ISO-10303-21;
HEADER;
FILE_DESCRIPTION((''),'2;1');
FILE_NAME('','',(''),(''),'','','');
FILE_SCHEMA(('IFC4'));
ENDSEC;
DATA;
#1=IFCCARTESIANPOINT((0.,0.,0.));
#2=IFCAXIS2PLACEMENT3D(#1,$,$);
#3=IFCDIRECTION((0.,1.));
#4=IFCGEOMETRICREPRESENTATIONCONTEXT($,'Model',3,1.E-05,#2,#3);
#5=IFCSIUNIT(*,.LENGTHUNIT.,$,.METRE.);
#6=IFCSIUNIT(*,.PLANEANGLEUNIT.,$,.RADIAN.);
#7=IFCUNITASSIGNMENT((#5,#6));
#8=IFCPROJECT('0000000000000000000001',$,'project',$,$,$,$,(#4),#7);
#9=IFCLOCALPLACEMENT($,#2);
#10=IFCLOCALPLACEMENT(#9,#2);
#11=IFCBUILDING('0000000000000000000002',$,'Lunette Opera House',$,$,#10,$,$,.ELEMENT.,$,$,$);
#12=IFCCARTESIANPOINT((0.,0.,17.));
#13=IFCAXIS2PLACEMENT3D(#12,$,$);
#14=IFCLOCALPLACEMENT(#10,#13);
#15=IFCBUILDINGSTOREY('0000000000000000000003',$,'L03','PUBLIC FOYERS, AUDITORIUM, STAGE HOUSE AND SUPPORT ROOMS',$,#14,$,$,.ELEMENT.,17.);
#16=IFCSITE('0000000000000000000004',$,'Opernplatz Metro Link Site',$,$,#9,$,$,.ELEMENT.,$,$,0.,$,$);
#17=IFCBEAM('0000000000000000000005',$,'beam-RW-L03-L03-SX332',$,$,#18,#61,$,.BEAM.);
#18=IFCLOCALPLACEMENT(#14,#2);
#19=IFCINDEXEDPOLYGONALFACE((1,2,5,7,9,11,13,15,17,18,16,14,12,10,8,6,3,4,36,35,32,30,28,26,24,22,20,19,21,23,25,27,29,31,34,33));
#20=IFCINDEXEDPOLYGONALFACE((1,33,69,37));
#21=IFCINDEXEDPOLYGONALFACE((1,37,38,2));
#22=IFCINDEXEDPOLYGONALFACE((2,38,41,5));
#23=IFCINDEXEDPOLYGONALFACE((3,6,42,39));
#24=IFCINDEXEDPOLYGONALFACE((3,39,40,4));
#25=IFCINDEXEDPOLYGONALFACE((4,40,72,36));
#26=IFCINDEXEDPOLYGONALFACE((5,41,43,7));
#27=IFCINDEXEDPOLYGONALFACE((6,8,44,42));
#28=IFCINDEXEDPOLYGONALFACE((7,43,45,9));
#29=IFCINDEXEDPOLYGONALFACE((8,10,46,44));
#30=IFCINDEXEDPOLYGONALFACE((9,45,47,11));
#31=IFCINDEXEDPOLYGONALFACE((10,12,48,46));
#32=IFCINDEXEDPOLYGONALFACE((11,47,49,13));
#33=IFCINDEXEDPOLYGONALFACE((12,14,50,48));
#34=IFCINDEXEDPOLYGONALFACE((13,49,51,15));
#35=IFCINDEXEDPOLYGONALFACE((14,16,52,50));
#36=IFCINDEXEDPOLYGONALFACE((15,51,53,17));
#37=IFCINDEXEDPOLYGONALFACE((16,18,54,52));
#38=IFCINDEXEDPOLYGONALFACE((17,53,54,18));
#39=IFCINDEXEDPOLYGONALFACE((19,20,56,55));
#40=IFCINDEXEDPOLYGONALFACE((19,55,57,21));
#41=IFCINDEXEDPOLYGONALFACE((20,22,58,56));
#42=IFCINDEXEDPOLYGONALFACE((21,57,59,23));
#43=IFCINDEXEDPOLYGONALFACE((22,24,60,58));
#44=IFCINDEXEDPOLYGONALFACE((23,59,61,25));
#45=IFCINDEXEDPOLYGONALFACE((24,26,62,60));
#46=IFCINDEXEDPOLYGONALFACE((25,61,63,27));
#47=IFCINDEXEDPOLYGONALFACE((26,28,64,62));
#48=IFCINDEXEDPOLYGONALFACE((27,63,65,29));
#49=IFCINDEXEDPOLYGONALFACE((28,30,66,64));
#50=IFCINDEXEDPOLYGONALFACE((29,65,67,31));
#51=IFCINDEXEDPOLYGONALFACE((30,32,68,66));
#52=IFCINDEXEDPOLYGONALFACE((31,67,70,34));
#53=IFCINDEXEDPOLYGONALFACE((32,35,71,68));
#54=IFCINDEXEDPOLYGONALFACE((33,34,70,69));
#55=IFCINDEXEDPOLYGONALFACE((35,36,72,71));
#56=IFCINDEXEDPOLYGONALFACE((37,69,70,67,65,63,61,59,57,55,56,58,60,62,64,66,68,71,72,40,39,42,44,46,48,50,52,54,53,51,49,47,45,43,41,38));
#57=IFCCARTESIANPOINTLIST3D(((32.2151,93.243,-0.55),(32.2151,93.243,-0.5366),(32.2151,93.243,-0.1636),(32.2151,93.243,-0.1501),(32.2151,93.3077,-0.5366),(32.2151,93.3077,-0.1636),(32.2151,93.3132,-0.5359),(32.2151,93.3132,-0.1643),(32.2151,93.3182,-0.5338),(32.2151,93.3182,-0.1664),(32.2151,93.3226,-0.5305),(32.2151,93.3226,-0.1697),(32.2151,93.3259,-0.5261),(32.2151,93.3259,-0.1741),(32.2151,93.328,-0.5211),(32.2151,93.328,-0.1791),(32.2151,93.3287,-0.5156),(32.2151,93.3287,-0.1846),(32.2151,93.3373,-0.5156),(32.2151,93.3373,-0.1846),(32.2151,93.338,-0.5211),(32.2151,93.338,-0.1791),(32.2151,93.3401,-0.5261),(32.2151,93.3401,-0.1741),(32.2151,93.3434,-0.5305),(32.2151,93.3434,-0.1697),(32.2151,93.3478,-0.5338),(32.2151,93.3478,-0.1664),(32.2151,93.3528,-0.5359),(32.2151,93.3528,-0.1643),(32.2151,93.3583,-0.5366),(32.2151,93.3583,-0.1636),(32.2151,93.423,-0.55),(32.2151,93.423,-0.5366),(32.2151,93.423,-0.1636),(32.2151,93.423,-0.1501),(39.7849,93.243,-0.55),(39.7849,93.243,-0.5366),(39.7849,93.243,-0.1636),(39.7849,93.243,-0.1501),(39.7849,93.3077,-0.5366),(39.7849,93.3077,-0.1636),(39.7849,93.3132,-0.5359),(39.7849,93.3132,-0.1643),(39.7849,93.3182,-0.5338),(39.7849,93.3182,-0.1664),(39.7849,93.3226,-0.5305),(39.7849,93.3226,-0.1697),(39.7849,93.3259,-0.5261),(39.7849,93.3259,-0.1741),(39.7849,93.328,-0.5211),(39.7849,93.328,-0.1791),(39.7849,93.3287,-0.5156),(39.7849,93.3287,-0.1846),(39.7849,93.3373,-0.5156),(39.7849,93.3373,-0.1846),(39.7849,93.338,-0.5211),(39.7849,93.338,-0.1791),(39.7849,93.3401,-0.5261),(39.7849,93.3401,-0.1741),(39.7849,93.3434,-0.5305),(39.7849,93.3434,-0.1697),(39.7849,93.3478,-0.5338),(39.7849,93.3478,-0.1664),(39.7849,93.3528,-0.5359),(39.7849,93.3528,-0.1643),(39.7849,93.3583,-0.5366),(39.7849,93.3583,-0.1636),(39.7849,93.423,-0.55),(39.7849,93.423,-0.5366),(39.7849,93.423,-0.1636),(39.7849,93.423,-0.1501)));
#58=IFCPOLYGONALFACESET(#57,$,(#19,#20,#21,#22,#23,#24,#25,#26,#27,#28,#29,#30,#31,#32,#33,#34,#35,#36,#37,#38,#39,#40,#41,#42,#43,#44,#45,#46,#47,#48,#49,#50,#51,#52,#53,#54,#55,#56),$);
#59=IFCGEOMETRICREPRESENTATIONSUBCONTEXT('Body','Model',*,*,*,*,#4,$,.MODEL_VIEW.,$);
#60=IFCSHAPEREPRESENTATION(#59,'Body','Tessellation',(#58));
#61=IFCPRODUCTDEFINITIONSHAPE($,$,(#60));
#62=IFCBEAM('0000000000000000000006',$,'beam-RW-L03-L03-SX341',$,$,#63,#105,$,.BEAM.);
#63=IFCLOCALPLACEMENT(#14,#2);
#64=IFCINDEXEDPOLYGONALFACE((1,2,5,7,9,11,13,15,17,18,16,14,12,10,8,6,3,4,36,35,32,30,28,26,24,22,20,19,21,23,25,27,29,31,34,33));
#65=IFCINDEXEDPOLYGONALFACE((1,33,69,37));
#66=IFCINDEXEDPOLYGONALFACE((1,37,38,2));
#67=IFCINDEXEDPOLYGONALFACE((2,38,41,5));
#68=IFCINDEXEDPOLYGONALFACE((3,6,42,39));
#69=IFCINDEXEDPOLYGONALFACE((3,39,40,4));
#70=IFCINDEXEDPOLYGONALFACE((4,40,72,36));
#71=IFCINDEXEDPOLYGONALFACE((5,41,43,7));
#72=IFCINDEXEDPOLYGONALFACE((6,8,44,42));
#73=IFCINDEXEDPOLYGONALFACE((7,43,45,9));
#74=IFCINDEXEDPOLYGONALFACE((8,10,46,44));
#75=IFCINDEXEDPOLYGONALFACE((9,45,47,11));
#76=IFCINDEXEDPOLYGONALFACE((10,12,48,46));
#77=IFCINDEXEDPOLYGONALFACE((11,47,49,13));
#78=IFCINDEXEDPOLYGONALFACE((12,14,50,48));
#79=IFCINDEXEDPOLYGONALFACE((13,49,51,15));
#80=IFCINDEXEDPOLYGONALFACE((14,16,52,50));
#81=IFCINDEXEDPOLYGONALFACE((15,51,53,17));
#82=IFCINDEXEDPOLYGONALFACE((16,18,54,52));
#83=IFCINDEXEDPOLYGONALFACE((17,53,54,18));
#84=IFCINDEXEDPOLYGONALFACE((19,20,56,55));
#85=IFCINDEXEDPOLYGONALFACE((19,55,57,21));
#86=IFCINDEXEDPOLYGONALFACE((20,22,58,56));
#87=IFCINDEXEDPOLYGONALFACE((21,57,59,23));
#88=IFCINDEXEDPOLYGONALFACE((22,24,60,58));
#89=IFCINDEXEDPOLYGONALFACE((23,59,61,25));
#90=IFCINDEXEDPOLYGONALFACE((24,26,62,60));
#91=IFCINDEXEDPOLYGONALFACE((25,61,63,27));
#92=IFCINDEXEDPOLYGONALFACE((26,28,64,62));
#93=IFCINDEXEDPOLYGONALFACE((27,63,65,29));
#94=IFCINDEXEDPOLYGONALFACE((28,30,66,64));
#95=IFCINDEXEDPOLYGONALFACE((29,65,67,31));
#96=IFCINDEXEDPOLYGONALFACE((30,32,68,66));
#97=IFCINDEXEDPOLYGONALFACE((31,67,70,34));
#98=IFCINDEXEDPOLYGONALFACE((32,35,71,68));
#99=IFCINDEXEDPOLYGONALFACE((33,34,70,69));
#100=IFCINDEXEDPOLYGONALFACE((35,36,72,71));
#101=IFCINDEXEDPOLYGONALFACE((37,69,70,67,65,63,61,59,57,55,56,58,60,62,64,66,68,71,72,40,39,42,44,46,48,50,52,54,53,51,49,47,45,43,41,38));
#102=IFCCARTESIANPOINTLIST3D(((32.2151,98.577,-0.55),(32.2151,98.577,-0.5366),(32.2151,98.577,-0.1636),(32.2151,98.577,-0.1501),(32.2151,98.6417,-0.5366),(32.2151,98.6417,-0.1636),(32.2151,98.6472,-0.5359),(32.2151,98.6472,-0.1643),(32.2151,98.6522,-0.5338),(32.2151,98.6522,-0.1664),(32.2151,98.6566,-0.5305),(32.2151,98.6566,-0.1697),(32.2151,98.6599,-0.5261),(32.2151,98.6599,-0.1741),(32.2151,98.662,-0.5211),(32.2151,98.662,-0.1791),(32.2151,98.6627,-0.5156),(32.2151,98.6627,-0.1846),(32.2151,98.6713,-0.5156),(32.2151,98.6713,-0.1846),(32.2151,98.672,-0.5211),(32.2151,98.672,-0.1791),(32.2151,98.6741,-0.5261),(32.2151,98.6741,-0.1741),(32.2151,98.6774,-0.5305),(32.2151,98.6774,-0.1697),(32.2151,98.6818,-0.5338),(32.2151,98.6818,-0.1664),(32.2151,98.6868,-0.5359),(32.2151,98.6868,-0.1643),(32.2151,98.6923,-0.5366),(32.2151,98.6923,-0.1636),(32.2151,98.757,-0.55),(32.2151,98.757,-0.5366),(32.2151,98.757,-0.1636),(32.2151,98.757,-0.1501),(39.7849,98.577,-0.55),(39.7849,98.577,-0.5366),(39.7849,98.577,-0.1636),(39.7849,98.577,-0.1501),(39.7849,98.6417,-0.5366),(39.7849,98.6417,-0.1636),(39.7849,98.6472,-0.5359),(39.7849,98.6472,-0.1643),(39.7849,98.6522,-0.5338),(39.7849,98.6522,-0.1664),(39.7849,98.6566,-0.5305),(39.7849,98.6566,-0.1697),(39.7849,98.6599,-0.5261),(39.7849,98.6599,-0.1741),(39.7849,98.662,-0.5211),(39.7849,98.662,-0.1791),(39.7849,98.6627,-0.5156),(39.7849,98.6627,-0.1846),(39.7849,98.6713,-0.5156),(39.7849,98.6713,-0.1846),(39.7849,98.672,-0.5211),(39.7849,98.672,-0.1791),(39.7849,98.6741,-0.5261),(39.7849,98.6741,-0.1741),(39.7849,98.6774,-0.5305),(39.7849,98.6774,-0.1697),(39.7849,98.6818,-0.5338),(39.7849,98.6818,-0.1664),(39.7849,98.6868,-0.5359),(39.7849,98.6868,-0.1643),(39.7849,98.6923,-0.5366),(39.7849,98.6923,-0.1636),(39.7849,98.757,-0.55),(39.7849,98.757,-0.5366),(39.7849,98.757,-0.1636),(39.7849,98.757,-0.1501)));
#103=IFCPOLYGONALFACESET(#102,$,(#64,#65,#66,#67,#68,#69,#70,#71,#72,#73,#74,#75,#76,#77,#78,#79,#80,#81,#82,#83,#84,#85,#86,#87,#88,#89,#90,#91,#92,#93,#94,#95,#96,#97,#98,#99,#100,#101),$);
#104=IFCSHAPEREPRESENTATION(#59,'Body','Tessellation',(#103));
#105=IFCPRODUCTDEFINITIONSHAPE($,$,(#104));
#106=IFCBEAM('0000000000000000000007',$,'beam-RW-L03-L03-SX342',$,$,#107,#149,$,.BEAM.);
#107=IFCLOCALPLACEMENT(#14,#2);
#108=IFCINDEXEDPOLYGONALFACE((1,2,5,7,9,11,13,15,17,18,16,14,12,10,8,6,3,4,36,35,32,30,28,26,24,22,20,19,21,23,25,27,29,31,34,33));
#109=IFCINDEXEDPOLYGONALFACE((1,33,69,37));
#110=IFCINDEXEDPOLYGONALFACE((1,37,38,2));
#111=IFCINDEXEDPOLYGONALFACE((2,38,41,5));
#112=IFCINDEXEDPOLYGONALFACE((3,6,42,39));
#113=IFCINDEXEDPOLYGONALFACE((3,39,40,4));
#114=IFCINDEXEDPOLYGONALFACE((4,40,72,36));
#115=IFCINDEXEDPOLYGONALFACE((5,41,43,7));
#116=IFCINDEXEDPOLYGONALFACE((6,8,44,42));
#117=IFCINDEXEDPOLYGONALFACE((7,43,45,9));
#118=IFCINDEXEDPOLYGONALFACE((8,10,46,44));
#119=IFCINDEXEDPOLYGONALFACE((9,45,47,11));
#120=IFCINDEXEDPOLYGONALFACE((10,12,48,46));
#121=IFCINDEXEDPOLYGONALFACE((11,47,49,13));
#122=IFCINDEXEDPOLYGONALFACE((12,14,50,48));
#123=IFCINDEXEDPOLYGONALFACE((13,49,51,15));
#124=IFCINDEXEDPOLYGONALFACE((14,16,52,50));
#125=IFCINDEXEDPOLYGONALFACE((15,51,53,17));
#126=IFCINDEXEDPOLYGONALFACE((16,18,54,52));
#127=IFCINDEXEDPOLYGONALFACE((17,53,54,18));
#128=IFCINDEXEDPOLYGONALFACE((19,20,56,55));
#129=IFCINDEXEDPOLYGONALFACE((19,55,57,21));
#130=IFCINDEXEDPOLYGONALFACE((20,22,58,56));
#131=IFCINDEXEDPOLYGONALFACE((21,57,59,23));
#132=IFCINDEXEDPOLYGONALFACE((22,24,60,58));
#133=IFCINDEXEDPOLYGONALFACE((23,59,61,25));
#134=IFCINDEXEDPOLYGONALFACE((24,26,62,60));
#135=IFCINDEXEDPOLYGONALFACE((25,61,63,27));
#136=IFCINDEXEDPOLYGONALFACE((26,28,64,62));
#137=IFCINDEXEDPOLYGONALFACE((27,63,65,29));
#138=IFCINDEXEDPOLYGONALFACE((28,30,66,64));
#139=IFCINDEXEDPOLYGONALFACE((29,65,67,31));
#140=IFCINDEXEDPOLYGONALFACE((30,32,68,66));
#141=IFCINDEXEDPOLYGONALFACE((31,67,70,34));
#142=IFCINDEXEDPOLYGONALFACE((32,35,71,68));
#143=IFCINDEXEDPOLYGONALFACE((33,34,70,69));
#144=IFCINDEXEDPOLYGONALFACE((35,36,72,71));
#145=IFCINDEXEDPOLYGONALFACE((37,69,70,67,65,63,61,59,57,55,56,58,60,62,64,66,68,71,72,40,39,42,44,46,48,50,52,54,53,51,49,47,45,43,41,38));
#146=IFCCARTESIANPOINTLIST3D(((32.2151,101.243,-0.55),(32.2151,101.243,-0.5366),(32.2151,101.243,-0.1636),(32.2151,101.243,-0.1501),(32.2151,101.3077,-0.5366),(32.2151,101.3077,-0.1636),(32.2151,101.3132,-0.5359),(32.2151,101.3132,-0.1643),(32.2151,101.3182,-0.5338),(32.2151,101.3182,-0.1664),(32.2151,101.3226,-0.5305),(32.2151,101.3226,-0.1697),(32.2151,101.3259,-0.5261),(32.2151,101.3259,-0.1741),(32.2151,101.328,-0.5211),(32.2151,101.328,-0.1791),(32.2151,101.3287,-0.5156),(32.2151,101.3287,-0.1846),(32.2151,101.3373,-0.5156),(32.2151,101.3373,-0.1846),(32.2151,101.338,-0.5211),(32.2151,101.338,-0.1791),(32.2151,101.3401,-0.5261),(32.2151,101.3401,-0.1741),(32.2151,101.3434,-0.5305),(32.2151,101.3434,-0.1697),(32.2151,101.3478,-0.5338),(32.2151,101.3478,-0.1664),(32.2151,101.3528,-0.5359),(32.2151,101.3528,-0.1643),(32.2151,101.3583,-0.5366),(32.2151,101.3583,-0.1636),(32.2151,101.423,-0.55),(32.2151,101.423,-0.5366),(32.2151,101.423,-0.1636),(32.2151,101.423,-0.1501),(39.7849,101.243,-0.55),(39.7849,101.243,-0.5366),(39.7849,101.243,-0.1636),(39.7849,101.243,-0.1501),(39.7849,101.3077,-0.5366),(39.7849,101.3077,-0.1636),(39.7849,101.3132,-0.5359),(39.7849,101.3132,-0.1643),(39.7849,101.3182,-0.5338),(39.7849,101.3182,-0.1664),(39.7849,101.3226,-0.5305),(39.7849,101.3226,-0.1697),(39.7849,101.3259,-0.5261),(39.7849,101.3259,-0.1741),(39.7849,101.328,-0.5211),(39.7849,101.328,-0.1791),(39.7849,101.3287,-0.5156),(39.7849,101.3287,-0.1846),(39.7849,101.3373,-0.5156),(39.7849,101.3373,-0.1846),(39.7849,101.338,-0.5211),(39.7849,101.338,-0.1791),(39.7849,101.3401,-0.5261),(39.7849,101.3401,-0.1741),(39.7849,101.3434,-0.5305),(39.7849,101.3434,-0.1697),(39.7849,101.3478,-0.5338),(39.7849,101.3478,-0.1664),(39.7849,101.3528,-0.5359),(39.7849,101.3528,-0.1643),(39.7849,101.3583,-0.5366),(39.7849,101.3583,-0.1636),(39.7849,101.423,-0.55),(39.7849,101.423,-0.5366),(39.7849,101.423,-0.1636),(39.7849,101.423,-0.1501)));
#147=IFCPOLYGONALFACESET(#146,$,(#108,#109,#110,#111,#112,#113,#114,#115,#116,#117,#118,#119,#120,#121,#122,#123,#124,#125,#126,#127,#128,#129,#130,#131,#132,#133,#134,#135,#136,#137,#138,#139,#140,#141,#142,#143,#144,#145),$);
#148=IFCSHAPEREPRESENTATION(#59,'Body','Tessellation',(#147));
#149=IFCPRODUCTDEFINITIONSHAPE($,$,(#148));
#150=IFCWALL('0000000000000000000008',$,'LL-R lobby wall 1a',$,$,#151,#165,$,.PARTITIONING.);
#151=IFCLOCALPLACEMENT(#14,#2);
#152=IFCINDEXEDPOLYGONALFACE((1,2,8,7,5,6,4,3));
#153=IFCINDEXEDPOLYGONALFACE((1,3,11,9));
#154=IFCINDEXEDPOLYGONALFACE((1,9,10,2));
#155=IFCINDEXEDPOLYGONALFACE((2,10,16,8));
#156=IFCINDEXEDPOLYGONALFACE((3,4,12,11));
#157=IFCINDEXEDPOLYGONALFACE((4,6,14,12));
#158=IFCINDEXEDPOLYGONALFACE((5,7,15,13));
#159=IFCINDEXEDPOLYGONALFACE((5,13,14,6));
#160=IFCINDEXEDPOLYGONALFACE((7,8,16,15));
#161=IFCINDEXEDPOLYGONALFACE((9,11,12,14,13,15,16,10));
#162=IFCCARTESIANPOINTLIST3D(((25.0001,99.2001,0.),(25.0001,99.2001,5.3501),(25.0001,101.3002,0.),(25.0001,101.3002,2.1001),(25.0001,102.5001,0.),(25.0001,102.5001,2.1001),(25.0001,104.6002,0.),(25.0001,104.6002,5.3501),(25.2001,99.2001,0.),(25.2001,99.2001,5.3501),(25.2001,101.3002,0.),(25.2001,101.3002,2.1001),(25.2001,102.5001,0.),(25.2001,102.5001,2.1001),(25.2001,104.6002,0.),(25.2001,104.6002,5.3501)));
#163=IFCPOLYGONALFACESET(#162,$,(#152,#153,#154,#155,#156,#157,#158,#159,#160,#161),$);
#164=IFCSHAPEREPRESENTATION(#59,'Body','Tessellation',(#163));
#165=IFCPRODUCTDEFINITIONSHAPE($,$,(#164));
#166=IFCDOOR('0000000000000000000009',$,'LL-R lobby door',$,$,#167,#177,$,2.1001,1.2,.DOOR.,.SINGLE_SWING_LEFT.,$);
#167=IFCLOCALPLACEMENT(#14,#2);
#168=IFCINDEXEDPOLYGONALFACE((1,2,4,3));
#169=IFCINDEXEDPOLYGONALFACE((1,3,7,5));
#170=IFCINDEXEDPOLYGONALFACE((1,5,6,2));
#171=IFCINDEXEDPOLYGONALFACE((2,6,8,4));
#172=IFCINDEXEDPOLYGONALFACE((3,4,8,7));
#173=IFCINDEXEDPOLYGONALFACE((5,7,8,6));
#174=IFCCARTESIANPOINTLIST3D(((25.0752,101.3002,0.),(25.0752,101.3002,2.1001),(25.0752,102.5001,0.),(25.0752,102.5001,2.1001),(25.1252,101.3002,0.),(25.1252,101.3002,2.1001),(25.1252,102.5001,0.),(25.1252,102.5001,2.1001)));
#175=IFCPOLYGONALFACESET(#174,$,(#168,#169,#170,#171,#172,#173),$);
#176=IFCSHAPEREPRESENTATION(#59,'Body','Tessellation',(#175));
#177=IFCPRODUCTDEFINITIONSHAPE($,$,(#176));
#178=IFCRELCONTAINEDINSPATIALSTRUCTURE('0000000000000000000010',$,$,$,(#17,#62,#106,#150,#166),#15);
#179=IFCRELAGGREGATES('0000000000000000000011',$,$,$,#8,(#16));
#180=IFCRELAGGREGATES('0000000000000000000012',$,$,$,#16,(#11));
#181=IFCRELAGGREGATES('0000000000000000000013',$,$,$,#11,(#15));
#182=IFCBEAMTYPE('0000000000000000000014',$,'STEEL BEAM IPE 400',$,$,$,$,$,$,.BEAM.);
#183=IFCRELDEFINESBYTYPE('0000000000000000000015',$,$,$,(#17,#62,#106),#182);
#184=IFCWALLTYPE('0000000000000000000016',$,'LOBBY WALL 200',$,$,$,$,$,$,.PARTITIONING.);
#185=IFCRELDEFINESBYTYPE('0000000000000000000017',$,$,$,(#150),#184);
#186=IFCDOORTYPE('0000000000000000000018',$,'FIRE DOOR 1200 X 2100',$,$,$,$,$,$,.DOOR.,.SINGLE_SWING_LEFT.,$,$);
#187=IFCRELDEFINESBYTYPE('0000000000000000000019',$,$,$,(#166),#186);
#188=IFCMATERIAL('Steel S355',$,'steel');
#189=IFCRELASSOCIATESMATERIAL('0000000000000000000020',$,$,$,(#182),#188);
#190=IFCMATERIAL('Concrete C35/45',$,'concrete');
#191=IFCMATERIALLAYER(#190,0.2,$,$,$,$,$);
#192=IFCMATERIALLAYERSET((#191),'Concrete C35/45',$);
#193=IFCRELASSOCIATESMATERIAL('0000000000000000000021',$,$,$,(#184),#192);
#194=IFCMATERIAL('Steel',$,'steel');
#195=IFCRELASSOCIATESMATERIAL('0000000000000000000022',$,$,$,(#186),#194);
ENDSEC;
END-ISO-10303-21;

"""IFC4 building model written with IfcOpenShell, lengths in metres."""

from ifc_helpers import new_model, si_unit, direction, frame, frame_2d, origin, origin_2d, place, context, subcontext, project, spatial, rectangle, i_section, extrude, material, layer, layer_set, material_profile, profile_set, type_object, element, fill, save


model = new_model("IFC4")

# Units and contexts
model_context = context("Model", 3, precision=1e-05, world=origin(), true_north=direction((0.0, 1.0)))
body_context = subcontext(model_context, "Body", "Model", "MODEL_VIEW")
ifc_project = project(units=[si_unit("LENGTHUNIT", "METRE"), si_unit("PLANEANGLEUNIT", "RADIAN")], contexts=[model_context])

# Site, building, storey
site_placement = place(None, origin())
site = spatial("IfcSite", under=ifc_project, at=site_placement, Name="Opernplatz Metro Link Site", CompositionType="ELEMENT", RefElevation=0.0)
building_placement = place(site_placement, origin())
building = spatial("IfcBuilding", under=site, at=building_placement, Name="Lunette Opera House", CompositionType="ELEMENT")
storey_placement = place(building_placement, frame((0.0, 0.0, 17.0)))
storey = spatial("IfcBuildingStorey", under=building, at=storey_placement, Name="L03", Description="PUBLIC FOYERS, AUDITORIUM, STAGE HOUSE AND SUPPORT ROOMS", CompositionType="ELEMENT", Elevation=17.0)

# Beams
ifc_material_1 = material(Name="Steel S355", Category="steel")
ifc_material_profile_1 = material_profile(ifc_material_1, i_section(OverallWidth=0.1799, OverallDepth=0.3999, WebThickness=0.0085, FlangeThickness=0.0134, FilletRadius=0.021, at=origin_2d()), Name="IPE 400")
ifc_profile_set_1 = profile_set([ifc_material_profile_1], Name="Steel S355")
beam_type_1 = type_object("IfcBeamType", Name="STEEL BEAM IPE 400", PredefinedType="BEAM", material=ifc_profile_set_1)
for number, where, z_axis, x_axis, name in (
    (1, (32.2151, 93.333, -0.3501), (1.0, 0.0, 0.0), (0.0, 1.0, 0.0), "beam-RW-L03-L03-SX332"),
    (2, (32.2151, 98.667, -0.3501), (1.0, 0.0, 0.0), (0.0, 1.0, 0.0), "beam-RW-L03-L03-SX341"),
    (3, (32.2151, 101.333, -0.3501), (1.0, 0.0, 0.0), (0.0, 1.0, 0.0), "beam-RW-L03-L03-SX342"),
):
    element("IfcBeam", number, at=place(storey_placement, frame(where, z_axis=z_axis, x_axis=x_axis)), inside=storey, type_object=beam_type_1, Name=name, PredefinedType="BEAM", context=body_context, shape_type="SweptSolid", body=[
        extrude(i_section(OverallWidth=0.1799, OverallDepth=0.3999, WebThickness=0.0085, FlangeThickness=0.0134, FilletRadius=0.021, at=origin_2d()), origin(), (0.0, 0.0, 1.0), 7.5698),
    ])

# Wall, opening, door
ifc_material_2 = material(Name="Concrete C35/45", Category="concrete")
ifc_layer = layer(ifc_material_2, 0.2)
ifc_layer_set = layer_set([ifc_layer], Name="Concrete C35/45")
wall_type = type_object("IfcWallType", Name="LOBBY WALL 200", PredefinedType="PARTITIONING", material=ifc_layer_set)
wall_placement = place(storey_placement, frame((25.1001, 99.2, 0.0), z_axis=(0.0, 0.0, 1.0), x_axis=(0.0, 1.0, 0.0)))
wall = element("IfcWall", 4, at=wall_placement, inside=storey, type_object=wall_type, Name="LL-R lobby wall 1a", PredefinedType="PARTITIONING", context=body_context, shape_type="SweptSolid", body=[
    extrude(rectangle(XDim=5.4001, YDim=0.2, at=frame_2d((2.7002, 0.0))), origin(), (0.0, 0.0, 1.0), 5.3501),
])
opening_placement = place(wall_placement, frame((2.1001, 0.0, 0.0)))
opening = element("IfcOpeningElement", 5, at=opening_placement, cuts=wall, PredefinedType="OPENING", context=body_context, shape_type="SweptSolid", body=[
    extrude(rectangle(XDim=1.2, YDim=2.1001, at=frame_2d((0.6001, 1.05))), frame((0.0, 0.1121, 0.0), z_axis=(0.0, -1.0, 0.0), x_axis=(1.0, 0.0, 0.0)), (0.0, 0.0, 1.0), 0.2239),
])
ifc_material_3 = material(Name="Steel", Category="steel")
door_type = type_object("IfcDoorType", Name="FIRE DOOR 1200 X 2100", OperationType="SINGLE_SWING_LEFT", PredefinedType="DOOR", material=ifc_material_3)
door_placement = place(opening_placement, origin())
door = element("IfcDoor", 6, at=door_placement, inside=storey, type_object=door_type, Name="LL-R lobby door", OperationType="SINGLE_SWING_LEFT", OverallHeight=2.1001, OverallWidth=1.2, PredefinedType="DOOR", context=body_context, shape_type="SweptSolid", body=[
    extrude(rectangle(XDim=1.2, YDim=2.1001, at=frame_2d((0.6001, 1.05))), frame((0.0, 0.0249, 0.0), z_axis=(0.0, -1.0, 0.0), x_axis=(1.0, 0.0, 0.0)), (0.0, 0.0, 1.0), 0.05),
])
fill(opening, door)

save(model, "model.ifc")
